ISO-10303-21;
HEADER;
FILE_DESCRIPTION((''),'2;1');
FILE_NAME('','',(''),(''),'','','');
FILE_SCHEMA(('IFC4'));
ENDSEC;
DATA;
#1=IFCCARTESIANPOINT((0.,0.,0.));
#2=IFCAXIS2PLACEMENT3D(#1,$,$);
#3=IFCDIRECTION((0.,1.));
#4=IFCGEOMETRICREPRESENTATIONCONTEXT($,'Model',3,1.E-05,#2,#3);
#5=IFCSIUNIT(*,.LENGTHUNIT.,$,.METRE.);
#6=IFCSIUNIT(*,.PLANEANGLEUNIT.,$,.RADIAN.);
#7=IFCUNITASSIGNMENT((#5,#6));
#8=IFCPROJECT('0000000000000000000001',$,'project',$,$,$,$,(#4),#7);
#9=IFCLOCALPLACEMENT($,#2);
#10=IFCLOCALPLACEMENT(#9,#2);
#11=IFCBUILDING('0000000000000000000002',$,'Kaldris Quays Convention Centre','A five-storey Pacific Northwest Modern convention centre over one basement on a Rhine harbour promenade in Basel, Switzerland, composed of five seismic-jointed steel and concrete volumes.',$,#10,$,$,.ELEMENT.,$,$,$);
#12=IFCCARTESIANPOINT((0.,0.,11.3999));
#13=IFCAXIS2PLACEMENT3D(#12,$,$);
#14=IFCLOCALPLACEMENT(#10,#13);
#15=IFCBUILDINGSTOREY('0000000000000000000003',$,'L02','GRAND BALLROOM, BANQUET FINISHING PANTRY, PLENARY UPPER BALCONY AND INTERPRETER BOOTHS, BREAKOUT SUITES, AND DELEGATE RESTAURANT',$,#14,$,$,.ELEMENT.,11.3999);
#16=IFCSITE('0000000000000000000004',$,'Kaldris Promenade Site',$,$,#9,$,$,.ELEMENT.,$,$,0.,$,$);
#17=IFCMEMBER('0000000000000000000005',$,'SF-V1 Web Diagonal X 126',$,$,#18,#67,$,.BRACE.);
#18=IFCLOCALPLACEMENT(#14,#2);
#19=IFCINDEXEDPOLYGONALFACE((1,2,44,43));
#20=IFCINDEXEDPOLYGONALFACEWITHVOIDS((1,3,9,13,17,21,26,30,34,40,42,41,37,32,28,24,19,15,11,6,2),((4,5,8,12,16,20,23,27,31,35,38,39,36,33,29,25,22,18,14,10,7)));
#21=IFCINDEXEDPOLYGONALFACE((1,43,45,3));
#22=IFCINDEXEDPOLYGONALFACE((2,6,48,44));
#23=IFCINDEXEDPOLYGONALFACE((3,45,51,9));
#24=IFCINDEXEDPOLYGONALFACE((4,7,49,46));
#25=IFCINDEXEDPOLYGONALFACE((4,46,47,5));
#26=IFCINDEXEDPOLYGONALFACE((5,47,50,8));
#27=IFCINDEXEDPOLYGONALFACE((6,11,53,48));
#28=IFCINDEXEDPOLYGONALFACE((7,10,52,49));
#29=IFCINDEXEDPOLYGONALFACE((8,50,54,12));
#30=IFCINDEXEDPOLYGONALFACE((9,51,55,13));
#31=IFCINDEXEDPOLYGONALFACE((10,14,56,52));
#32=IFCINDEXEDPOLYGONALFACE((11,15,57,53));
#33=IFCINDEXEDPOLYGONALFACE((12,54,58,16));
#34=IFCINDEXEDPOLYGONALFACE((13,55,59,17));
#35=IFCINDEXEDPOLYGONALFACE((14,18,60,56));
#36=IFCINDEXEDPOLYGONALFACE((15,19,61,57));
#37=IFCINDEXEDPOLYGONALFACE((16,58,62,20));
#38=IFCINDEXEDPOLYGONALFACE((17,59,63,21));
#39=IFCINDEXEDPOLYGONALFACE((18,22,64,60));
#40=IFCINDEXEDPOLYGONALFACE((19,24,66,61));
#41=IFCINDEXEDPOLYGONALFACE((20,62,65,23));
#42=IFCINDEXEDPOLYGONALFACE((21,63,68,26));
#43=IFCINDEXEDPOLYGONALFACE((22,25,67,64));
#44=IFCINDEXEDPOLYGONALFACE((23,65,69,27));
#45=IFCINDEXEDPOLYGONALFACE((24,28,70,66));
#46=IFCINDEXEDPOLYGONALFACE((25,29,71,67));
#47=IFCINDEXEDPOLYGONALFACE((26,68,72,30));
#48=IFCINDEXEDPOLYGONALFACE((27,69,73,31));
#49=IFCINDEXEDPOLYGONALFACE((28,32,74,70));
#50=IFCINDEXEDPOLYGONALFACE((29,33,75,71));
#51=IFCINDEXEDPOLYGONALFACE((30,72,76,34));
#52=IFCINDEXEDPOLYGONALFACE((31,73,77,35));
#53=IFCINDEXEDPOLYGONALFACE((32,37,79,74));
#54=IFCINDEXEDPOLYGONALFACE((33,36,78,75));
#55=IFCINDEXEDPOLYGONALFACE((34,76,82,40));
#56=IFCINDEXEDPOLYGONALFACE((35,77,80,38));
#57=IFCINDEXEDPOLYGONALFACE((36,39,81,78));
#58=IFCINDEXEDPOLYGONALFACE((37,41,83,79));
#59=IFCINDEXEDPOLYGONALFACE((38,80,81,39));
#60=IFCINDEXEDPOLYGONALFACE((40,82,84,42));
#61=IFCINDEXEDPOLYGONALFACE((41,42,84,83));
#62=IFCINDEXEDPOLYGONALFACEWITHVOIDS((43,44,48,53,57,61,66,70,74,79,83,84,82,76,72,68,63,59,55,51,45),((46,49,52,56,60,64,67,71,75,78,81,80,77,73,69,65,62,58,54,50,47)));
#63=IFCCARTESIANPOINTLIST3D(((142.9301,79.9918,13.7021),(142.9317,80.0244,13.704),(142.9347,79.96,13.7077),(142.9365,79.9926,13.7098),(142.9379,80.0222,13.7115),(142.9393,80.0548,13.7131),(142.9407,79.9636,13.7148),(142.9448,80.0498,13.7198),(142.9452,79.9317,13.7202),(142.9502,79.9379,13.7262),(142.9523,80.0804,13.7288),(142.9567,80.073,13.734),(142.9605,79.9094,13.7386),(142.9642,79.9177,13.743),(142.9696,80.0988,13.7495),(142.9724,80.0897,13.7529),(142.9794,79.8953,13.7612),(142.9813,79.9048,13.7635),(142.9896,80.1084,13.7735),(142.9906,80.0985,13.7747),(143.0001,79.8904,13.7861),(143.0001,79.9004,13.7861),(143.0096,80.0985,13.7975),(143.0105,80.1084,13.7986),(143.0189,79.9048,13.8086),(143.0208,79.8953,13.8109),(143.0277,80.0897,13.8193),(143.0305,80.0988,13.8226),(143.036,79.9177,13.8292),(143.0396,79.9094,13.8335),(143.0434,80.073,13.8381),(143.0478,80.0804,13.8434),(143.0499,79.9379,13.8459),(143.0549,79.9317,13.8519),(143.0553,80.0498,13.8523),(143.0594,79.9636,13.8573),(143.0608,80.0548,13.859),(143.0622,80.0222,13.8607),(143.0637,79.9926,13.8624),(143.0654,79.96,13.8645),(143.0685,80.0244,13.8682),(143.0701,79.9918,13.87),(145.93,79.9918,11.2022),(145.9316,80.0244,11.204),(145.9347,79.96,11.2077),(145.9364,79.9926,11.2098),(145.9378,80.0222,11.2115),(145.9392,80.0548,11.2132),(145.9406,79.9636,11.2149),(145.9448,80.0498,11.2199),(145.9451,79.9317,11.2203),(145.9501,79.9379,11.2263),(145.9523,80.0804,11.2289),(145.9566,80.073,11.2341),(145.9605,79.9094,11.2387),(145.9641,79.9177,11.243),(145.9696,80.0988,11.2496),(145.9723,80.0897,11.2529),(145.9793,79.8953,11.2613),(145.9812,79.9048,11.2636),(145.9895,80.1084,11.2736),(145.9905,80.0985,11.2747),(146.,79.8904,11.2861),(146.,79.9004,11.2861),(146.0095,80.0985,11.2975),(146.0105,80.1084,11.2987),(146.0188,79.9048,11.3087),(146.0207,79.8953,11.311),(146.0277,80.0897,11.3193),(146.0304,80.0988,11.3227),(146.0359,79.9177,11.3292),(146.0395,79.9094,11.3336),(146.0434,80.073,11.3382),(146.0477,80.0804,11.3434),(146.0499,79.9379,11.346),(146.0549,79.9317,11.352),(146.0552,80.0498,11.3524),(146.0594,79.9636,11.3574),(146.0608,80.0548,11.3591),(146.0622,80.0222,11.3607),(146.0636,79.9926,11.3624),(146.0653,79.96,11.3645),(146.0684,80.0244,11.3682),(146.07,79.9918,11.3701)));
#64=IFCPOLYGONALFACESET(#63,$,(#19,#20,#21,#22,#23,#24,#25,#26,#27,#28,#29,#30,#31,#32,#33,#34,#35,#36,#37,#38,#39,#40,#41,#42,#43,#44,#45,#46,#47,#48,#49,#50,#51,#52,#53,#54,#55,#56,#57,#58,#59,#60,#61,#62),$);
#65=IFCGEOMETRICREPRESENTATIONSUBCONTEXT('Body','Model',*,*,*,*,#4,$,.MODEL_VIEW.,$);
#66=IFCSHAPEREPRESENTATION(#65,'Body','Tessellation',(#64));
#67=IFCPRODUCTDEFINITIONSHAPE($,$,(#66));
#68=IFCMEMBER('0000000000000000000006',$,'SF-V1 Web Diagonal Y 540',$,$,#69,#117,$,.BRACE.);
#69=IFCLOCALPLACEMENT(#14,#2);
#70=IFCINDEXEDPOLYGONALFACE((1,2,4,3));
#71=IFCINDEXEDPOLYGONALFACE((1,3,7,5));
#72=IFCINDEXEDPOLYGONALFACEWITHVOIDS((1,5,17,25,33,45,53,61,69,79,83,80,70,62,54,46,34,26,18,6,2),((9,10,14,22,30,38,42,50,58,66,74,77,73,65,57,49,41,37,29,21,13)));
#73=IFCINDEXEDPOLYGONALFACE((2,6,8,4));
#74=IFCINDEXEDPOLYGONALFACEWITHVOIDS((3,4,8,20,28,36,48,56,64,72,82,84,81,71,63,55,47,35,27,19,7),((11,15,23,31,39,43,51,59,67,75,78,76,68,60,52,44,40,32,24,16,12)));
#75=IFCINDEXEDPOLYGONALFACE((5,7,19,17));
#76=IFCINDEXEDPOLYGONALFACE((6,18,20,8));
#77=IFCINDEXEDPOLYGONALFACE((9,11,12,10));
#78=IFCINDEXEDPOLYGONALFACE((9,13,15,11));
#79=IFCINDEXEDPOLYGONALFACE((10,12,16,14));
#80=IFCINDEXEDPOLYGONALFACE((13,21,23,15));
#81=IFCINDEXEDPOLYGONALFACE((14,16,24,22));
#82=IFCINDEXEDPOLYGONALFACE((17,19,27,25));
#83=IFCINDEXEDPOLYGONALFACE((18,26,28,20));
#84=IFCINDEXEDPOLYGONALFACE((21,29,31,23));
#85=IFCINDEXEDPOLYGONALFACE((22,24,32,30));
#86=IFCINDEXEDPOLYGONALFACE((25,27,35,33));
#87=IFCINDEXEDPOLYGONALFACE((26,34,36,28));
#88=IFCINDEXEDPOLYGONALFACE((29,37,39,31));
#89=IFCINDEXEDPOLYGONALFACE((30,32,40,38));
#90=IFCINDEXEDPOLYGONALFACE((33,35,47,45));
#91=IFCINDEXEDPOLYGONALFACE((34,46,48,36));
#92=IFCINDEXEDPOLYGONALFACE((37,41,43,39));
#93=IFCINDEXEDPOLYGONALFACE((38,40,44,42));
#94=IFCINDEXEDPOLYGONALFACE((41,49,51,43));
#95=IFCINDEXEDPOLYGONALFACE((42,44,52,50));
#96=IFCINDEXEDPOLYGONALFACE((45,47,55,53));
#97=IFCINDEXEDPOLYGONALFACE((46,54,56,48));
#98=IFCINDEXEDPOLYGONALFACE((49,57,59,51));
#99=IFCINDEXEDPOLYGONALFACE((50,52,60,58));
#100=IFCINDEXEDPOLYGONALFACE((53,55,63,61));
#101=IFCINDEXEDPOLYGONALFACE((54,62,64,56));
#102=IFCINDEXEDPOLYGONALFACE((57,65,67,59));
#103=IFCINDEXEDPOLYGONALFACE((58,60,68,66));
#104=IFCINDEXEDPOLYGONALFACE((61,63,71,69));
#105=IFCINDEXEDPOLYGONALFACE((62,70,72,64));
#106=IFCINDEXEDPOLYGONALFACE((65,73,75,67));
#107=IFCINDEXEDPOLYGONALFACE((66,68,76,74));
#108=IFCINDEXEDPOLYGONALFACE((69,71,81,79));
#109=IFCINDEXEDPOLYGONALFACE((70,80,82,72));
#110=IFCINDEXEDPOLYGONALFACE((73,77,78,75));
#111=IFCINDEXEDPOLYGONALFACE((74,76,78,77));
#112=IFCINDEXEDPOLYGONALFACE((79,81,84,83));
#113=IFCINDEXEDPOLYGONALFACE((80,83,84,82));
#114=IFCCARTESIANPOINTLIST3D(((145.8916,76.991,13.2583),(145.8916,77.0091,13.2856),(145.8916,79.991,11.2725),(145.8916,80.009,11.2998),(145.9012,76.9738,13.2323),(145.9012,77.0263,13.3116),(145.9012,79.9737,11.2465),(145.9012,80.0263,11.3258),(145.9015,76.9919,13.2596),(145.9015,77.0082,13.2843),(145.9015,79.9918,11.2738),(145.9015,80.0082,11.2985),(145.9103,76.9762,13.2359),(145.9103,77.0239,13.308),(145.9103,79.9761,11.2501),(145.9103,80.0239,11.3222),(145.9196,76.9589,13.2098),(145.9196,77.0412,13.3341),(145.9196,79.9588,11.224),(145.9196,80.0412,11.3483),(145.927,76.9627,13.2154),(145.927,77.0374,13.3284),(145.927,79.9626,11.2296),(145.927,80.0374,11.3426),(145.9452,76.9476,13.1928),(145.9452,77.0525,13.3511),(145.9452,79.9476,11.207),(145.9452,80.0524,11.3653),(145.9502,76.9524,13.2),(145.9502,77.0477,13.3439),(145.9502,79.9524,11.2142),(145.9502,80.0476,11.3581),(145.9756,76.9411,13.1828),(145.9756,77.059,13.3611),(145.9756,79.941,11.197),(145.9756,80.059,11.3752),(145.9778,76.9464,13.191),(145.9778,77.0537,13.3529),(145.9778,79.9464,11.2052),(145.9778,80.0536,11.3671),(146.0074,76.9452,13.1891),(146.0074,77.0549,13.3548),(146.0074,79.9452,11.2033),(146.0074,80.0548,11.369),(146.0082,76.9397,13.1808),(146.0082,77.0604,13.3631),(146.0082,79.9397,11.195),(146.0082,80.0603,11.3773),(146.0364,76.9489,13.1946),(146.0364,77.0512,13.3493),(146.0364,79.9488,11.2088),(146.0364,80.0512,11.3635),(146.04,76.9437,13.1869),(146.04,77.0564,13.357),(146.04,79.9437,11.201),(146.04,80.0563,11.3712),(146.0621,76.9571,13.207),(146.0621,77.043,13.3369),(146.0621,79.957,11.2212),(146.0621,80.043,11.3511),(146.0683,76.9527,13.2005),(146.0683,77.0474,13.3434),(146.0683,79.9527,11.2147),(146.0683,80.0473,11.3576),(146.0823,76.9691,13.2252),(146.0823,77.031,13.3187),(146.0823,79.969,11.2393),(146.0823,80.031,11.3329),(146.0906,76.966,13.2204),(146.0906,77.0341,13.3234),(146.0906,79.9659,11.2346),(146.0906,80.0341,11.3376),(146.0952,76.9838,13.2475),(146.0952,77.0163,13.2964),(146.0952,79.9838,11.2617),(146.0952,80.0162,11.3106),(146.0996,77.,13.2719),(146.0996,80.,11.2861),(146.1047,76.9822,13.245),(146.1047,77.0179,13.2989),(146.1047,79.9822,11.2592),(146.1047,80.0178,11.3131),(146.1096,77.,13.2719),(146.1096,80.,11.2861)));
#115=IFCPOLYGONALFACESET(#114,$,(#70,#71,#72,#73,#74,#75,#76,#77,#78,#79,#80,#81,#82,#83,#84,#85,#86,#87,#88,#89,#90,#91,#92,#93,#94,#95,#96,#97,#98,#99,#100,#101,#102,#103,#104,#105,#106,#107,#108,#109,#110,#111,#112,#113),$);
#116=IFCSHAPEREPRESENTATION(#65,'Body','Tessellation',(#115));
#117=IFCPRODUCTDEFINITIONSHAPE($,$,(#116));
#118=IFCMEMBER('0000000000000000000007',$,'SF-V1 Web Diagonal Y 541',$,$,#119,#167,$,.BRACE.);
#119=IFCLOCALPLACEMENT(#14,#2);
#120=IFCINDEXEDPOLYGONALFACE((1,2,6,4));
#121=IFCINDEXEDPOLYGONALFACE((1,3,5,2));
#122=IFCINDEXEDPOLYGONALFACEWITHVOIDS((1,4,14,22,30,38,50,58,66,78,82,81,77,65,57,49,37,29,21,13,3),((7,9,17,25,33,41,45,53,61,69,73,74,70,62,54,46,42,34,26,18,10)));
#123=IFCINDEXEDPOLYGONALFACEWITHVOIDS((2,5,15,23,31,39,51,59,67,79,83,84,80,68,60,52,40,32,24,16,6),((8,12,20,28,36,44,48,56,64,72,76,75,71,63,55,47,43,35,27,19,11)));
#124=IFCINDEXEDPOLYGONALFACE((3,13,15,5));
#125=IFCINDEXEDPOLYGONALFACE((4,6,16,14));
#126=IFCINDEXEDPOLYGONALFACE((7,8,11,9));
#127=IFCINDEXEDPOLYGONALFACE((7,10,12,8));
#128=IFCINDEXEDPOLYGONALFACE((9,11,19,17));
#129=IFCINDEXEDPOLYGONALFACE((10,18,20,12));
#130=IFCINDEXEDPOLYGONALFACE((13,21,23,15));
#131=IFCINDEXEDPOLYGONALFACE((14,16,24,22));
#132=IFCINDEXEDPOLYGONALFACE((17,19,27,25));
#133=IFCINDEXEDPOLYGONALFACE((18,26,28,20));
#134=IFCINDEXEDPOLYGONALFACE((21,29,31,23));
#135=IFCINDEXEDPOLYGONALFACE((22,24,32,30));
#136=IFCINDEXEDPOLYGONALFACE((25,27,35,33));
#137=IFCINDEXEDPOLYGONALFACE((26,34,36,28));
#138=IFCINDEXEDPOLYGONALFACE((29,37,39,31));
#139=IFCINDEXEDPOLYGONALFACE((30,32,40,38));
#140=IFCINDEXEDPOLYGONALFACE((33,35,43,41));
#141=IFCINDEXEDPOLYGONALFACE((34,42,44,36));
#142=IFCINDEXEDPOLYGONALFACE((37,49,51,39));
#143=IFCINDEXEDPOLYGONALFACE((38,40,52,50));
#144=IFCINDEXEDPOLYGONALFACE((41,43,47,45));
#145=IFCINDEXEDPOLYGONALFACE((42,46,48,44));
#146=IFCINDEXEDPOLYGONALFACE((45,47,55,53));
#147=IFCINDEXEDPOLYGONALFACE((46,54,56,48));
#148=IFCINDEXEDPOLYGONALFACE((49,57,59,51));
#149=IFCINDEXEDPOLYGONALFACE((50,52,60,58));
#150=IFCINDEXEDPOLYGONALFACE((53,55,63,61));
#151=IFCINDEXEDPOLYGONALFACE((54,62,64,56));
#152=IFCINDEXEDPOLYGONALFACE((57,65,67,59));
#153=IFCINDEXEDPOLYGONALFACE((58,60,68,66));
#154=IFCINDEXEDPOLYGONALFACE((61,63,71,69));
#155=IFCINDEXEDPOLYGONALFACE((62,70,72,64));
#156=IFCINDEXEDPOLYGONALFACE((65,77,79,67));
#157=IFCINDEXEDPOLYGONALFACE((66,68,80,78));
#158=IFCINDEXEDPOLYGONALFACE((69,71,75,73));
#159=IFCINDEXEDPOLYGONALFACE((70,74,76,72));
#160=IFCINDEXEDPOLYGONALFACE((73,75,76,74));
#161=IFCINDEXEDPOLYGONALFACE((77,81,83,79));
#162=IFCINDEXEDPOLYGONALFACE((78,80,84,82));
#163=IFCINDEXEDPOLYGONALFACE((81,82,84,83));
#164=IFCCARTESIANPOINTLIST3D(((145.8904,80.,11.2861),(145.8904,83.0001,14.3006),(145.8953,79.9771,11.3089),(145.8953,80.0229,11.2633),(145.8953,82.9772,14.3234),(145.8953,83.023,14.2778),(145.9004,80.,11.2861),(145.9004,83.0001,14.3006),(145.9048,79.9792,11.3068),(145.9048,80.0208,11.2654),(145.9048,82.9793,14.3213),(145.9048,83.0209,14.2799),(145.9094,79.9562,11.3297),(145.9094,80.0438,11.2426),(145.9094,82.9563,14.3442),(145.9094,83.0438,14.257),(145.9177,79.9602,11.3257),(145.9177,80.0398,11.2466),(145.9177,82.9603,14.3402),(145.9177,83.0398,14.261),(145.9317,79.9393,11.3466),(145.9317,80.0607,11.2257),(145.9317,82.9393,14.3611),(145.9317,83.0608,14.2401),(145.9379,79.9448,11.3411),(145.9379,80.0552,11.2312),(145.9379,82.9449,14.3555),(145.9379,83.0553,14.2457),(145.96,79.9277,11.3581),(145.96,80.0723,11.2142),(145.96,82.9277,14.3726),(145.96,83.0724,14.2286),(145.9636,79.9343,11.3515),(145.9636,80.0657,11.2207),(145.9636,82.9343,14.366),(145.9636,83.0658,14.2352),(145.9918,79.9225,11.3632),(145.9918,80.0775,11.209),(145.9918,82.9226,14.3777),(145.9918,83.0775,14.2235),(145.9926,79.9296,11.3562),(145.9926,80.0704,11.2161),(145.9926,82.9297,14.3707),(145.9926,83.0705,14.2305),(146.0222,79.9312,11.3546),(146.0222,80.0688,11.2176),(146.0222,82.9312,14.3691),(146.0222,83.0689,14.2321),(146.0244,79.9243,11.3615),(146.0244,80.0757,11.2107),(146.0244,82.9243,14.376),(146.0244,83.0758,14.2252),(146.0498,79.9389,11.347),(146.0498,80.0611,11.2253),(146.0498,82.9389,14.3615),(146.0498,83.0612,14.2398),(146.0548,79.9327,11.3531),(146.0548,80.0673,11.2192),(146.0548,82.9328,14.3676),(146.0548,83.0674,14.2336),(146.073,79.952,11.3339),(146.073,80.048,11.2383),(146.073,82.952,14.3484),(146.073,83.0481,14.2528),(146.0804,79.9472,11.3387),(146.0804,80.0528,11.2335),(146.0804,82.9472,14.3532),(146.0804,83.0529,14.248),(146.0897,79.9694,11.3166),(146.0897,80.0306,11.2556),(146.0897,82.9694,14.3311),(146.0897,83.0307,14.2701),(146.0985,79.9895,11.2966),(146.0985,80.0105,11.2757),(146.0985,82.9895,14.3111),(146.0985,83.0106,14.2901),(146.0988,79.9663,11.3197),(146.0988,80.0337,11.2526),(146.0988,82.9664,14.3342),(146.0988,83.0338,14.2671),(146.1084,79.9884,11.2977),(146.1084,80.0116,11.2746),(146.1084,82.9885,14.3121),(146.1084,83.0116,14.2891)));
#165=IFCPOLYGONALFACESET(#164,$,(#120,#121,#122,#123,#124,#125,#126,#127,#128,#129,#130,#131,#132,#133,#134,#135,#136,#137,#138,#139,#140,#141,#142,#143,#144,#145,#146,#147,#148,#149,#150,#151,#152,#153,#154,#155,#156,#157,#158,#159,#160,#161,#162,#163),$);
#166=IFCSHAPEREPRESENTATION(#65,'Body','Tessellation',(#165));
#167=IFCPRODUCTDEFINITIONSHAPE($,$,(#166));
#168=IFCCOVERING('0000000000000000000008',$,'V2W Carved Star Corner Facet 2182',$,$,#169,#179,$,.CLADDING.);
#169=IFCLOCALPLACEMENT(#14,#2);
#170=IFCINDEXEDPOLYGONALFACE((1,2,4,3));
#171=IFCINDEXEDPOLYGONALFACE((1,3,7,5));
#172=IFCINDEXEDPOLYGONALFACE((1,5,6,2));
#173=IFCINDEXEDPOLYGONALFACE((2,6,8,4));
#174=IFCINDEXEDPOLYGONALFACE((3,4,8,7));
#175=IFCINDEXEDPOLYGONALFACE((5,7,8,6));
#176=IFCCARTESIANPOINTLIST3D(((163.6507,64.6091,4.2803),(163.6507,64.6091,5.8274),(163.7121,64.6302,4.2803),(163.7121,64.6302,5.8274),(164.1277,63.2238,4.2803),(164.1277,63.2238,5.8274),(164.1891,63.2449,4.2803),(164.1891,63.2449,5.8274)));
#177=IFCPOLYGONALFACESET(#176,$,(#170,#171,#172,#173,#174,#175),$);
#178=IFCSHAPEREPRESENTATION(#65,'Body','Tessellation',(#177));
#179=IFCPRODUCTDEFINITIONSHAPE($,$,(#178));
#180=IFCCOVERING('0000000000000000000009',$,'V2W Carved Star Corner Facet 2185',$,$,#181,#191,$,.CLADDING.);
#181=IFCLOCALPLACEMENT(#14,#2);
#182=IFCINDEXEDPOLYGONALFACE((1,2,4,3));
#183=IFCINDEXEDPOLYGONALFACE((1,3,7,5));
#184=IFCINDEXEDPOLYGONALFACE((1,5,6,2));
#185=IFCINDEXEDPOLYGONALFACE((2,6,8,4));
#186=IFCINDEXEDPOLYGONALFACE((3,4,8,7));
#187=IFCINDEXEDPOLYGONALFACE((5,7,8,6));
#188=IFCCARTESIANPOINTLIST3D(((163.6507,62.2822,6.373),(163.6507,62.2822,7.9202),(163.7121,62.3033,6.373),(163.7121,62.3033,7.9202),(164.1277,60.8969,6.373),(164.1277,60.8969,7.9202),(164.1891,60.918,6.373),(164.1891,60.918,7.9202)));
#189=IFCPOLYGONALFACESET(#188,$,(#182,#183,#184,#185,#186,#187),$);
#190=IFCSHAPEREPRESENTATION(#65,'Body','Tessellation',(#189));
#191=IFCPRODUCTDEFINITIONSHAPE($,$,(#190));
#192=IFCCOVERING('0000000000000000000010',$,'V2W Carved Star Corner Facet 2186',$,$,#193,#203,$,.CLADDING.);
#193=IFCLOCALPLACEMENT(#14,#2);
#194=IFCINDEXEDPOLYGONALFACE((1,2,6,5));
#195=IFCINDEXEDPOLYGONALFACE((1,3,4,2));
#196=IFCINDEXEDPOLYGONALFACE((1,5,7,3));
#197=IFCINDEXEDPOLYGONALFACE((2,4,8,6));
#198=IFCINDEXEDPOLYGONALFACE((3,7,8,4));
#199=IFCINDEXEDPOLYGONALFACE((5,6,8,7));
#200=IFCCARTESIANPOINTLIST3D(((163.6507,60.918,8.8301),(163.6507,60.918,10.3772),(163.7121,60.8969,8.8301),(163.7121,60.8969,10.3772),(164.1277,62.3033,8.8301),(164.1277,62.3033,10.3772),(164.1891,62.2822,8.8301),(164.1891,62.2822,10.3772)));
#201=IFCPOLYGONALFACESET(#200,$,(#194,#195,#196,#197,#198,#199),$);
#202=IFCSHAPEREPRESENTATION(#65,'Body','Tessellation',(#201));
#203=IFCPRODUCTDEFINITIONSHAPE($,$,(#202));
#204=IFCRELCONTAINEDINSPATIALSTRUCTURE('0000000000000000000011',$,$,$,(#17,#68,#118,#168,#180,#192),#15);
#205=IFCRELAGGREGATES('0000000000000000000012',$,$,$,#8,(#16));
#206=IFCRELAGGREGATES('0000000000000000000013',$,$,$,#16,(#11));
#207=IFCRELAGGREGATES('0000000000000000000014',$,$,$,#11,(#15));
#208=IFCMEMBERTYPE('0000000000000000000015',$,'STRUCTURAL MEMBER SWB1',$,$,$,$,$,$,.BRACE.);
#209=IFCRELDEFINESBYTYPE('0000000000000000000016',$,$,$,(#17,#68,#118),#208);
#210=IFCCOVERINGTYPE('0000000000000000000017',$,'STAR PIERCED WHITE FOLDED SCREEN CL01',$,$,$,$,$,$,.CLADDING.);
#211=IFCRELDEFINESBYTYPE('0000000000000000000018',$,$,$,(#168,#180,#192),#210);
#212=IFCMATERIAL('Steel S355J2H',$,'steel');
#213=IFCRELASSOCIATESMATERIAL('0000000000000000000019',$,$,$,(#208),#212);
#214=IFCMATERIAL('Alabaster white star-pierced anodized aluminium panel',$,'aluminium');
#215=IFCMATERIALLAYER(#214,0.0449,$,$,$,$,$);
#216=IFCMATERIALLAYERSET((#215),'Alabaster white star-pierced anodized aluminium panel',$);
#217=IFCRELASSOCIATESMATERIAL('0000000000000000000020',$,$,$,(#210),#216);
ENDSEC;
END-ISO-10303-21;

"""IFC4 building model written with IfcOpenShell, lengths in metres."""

from ifc_helpers import new_model, si_unit, direction, frame, origin, origin_2d, place, context, subcontext, project, spatial, rectangle, hollow_circle, extrude, material, layer, layer_set, material_profile, profile_set, type_object, element, save


model = new_model("IFC4")

# Units and contexts
model_context = context("Model", 3, precision=1e-05, world=origin(), true_north=direction((0.0, 1.0)))
body_context = subcontext(model_context, "Body", "Model", "MODEL_VIEW")
ifc_project = project(units=[si_unit("LENGTHUNIT", "METRE"), si_unit("PLANEANGLEUNIT", "RADIAN")], contexts=[model_context])

# Site, building, storey
site_placement = place(None, origin())
site = spatial("IfcSite", under=ifc_project, at=site_placement, Name="Kaldris Promenade Site", CompositionType="ELEMENT", RefElevation=0.0)
building_placement = place(site_placement, origin())
building = spatial("IfcBuilding", under=site, at=building_placement, Name="Kaldris Quays Convention Centre", Description="A five-storey Pacific Northwest Modern convention centre over one basement on a Rhine harbour promenade in Basel, Switzerland, composed of five seismic-jointed steel and concrete volumes.", CompositionType="ELEMENT")
storey_placement = place(building_placement, frame((0.0, 0.0, 11.3999)))
storey = spatial("IfcBuildingStorey", under=building, at=storey_placement, Name="L02", Description="GRAND BALLROOM, BANQUET FINISHING PANTRY, PLENARY UPPER BALCONY AND INTERPRETER BOOTHS, BREAKOUT SUITES, AND DELEGATE RESTAURANT", CompositionType="ELEMENT", Elevation=11.3999)

# Members
ifc_material_1 = material(Name="Steel S355J2H", Category="steel")
ifc_material_profile_1 = material_profile(ifc_material_1, hollow_circle(Radius=0.1096, WallThickness=0.01, at=origin_2d()), Name="CHS 219.1x10")
ifc_profile_set_1 = profile_set([ifc_material_profile_1], Name="Steel S355J2H")
member_type_1 = type_object("IfcMemberType", Name="STRUCTURAL MEMBER SWB1", PredefinedType="BRACE", material=ifc_profile_set_1)
member_1_placement = place(storey_placement, frame((146.0, 80.0, 11.2861), z_axis=(-0.768221, 0.0, 0.640184), x_axis=(0.0, -1.0, 0.0)))
element("IfcMember", 1, at=member_1_placement, inside=storey, type_object=member_type_1, Name="SF-V1 Web Diagonal X 126", PredefinedType="BRACE", context=body_context, shape_type="SweptSolid", body=[
    extrude(hollow_circle(Radius=0.1096, WallThickness=0.01, at=origin_2d()), origin(), (0.0, 0.0, 1.0), 3.905),
])
member_2_placement = place(storey_placement, frame((146.0, 80.0, 11.2861), z_axis=(0.0, -0.833862, 0.551972), x_axis=(1.0, 0.0, 0.0)))
element("IfcMember", 2, at=member_2_placement, inside=storey, type_object=member_type_1, Name="SF-V1 Web Diagonal Y 540", PredefinedType="BRACE", context=body_context, shape_type="SweptSolid", body=[
    extrude(hollow_circle(Radius=0.1096, WallThickness=0.01, at=origin_2d()), origin(), (0.0, 0.0, 1.0), 3.5977),
])
member_3_placement = place(storey_placement, frame((146.0, 80.0, 11.2861), z_axis=(0.0, 0.705411, 0.708798), x_axis=(-1.0, 0.0, 0.0)))
element("IfcMember", 3, at=member_3_placement, inside=storey, type_object=member_type_1, Name="SF-V1 Web Diagonal Y 541", PredefinedType="BRACE", context=body_context, shape_type="SweptSolid", body=[
    extrude(hollow_circle(Radius=0.1096, WallThickness=0.01, at=origin_2d()), origin(), (0.0, 0.0, 1.0), 4.2529),
])

# Coverings
ifc_material_2 = material(Name="Alabaster white star-pierced anodized aluminium panel", Category="aluminium")
ifc_layer = layer(ifc_material_2, 0.0449)
ifc_layer_set = layer_set([ifc_layer], Name="Alabaster white star-pierced anodized aluminium panel")
covering_type = type_object("IfcCoveringType", Name="STAR PIERCED WHITE FOLDED SCREEN CL01", PredefinedType="CLADDING", material=ifc_layer_set)
for number, where, z_axis, x_axis, name in (
    (4, (163.9199, 63.927, 4.2803), (0.0, 0.0, 1.0), (-0.325568, 0.945519, 0.0), "V2W Carved Star Corner Facet 2182"),
    (5, (163.9199, 61.6001, 6.373), (0.0, 0.0, 1.0), (-0.325568, 0.945519, 0.0), "V2W Carved Star Corner Facet 2185"),
    (6, (163.9199, 61.6001, 8.8301), (0.0, 0.0, 1.0), (0.325568, 0.945519, 0.0), "V2W Carved Star Corner Facet 2186"),
):
    element("IfcCovering", number, at=place(storey_placement, frame(where, z_axis=z_axis, x_axis=x_axis)), inside=storey, type_object=covering_type, Name=name, PredefinedType="CLADDING", context=body_context, shape_type="SweptSolid", body=[
        extrude(rectangle(XDim=1.4651, YDim=0.0649, at=origin_2d()), origin(), (0.0, 0.0, 1.0), 1.5471),
    ])

save(model, "model.ifc")
